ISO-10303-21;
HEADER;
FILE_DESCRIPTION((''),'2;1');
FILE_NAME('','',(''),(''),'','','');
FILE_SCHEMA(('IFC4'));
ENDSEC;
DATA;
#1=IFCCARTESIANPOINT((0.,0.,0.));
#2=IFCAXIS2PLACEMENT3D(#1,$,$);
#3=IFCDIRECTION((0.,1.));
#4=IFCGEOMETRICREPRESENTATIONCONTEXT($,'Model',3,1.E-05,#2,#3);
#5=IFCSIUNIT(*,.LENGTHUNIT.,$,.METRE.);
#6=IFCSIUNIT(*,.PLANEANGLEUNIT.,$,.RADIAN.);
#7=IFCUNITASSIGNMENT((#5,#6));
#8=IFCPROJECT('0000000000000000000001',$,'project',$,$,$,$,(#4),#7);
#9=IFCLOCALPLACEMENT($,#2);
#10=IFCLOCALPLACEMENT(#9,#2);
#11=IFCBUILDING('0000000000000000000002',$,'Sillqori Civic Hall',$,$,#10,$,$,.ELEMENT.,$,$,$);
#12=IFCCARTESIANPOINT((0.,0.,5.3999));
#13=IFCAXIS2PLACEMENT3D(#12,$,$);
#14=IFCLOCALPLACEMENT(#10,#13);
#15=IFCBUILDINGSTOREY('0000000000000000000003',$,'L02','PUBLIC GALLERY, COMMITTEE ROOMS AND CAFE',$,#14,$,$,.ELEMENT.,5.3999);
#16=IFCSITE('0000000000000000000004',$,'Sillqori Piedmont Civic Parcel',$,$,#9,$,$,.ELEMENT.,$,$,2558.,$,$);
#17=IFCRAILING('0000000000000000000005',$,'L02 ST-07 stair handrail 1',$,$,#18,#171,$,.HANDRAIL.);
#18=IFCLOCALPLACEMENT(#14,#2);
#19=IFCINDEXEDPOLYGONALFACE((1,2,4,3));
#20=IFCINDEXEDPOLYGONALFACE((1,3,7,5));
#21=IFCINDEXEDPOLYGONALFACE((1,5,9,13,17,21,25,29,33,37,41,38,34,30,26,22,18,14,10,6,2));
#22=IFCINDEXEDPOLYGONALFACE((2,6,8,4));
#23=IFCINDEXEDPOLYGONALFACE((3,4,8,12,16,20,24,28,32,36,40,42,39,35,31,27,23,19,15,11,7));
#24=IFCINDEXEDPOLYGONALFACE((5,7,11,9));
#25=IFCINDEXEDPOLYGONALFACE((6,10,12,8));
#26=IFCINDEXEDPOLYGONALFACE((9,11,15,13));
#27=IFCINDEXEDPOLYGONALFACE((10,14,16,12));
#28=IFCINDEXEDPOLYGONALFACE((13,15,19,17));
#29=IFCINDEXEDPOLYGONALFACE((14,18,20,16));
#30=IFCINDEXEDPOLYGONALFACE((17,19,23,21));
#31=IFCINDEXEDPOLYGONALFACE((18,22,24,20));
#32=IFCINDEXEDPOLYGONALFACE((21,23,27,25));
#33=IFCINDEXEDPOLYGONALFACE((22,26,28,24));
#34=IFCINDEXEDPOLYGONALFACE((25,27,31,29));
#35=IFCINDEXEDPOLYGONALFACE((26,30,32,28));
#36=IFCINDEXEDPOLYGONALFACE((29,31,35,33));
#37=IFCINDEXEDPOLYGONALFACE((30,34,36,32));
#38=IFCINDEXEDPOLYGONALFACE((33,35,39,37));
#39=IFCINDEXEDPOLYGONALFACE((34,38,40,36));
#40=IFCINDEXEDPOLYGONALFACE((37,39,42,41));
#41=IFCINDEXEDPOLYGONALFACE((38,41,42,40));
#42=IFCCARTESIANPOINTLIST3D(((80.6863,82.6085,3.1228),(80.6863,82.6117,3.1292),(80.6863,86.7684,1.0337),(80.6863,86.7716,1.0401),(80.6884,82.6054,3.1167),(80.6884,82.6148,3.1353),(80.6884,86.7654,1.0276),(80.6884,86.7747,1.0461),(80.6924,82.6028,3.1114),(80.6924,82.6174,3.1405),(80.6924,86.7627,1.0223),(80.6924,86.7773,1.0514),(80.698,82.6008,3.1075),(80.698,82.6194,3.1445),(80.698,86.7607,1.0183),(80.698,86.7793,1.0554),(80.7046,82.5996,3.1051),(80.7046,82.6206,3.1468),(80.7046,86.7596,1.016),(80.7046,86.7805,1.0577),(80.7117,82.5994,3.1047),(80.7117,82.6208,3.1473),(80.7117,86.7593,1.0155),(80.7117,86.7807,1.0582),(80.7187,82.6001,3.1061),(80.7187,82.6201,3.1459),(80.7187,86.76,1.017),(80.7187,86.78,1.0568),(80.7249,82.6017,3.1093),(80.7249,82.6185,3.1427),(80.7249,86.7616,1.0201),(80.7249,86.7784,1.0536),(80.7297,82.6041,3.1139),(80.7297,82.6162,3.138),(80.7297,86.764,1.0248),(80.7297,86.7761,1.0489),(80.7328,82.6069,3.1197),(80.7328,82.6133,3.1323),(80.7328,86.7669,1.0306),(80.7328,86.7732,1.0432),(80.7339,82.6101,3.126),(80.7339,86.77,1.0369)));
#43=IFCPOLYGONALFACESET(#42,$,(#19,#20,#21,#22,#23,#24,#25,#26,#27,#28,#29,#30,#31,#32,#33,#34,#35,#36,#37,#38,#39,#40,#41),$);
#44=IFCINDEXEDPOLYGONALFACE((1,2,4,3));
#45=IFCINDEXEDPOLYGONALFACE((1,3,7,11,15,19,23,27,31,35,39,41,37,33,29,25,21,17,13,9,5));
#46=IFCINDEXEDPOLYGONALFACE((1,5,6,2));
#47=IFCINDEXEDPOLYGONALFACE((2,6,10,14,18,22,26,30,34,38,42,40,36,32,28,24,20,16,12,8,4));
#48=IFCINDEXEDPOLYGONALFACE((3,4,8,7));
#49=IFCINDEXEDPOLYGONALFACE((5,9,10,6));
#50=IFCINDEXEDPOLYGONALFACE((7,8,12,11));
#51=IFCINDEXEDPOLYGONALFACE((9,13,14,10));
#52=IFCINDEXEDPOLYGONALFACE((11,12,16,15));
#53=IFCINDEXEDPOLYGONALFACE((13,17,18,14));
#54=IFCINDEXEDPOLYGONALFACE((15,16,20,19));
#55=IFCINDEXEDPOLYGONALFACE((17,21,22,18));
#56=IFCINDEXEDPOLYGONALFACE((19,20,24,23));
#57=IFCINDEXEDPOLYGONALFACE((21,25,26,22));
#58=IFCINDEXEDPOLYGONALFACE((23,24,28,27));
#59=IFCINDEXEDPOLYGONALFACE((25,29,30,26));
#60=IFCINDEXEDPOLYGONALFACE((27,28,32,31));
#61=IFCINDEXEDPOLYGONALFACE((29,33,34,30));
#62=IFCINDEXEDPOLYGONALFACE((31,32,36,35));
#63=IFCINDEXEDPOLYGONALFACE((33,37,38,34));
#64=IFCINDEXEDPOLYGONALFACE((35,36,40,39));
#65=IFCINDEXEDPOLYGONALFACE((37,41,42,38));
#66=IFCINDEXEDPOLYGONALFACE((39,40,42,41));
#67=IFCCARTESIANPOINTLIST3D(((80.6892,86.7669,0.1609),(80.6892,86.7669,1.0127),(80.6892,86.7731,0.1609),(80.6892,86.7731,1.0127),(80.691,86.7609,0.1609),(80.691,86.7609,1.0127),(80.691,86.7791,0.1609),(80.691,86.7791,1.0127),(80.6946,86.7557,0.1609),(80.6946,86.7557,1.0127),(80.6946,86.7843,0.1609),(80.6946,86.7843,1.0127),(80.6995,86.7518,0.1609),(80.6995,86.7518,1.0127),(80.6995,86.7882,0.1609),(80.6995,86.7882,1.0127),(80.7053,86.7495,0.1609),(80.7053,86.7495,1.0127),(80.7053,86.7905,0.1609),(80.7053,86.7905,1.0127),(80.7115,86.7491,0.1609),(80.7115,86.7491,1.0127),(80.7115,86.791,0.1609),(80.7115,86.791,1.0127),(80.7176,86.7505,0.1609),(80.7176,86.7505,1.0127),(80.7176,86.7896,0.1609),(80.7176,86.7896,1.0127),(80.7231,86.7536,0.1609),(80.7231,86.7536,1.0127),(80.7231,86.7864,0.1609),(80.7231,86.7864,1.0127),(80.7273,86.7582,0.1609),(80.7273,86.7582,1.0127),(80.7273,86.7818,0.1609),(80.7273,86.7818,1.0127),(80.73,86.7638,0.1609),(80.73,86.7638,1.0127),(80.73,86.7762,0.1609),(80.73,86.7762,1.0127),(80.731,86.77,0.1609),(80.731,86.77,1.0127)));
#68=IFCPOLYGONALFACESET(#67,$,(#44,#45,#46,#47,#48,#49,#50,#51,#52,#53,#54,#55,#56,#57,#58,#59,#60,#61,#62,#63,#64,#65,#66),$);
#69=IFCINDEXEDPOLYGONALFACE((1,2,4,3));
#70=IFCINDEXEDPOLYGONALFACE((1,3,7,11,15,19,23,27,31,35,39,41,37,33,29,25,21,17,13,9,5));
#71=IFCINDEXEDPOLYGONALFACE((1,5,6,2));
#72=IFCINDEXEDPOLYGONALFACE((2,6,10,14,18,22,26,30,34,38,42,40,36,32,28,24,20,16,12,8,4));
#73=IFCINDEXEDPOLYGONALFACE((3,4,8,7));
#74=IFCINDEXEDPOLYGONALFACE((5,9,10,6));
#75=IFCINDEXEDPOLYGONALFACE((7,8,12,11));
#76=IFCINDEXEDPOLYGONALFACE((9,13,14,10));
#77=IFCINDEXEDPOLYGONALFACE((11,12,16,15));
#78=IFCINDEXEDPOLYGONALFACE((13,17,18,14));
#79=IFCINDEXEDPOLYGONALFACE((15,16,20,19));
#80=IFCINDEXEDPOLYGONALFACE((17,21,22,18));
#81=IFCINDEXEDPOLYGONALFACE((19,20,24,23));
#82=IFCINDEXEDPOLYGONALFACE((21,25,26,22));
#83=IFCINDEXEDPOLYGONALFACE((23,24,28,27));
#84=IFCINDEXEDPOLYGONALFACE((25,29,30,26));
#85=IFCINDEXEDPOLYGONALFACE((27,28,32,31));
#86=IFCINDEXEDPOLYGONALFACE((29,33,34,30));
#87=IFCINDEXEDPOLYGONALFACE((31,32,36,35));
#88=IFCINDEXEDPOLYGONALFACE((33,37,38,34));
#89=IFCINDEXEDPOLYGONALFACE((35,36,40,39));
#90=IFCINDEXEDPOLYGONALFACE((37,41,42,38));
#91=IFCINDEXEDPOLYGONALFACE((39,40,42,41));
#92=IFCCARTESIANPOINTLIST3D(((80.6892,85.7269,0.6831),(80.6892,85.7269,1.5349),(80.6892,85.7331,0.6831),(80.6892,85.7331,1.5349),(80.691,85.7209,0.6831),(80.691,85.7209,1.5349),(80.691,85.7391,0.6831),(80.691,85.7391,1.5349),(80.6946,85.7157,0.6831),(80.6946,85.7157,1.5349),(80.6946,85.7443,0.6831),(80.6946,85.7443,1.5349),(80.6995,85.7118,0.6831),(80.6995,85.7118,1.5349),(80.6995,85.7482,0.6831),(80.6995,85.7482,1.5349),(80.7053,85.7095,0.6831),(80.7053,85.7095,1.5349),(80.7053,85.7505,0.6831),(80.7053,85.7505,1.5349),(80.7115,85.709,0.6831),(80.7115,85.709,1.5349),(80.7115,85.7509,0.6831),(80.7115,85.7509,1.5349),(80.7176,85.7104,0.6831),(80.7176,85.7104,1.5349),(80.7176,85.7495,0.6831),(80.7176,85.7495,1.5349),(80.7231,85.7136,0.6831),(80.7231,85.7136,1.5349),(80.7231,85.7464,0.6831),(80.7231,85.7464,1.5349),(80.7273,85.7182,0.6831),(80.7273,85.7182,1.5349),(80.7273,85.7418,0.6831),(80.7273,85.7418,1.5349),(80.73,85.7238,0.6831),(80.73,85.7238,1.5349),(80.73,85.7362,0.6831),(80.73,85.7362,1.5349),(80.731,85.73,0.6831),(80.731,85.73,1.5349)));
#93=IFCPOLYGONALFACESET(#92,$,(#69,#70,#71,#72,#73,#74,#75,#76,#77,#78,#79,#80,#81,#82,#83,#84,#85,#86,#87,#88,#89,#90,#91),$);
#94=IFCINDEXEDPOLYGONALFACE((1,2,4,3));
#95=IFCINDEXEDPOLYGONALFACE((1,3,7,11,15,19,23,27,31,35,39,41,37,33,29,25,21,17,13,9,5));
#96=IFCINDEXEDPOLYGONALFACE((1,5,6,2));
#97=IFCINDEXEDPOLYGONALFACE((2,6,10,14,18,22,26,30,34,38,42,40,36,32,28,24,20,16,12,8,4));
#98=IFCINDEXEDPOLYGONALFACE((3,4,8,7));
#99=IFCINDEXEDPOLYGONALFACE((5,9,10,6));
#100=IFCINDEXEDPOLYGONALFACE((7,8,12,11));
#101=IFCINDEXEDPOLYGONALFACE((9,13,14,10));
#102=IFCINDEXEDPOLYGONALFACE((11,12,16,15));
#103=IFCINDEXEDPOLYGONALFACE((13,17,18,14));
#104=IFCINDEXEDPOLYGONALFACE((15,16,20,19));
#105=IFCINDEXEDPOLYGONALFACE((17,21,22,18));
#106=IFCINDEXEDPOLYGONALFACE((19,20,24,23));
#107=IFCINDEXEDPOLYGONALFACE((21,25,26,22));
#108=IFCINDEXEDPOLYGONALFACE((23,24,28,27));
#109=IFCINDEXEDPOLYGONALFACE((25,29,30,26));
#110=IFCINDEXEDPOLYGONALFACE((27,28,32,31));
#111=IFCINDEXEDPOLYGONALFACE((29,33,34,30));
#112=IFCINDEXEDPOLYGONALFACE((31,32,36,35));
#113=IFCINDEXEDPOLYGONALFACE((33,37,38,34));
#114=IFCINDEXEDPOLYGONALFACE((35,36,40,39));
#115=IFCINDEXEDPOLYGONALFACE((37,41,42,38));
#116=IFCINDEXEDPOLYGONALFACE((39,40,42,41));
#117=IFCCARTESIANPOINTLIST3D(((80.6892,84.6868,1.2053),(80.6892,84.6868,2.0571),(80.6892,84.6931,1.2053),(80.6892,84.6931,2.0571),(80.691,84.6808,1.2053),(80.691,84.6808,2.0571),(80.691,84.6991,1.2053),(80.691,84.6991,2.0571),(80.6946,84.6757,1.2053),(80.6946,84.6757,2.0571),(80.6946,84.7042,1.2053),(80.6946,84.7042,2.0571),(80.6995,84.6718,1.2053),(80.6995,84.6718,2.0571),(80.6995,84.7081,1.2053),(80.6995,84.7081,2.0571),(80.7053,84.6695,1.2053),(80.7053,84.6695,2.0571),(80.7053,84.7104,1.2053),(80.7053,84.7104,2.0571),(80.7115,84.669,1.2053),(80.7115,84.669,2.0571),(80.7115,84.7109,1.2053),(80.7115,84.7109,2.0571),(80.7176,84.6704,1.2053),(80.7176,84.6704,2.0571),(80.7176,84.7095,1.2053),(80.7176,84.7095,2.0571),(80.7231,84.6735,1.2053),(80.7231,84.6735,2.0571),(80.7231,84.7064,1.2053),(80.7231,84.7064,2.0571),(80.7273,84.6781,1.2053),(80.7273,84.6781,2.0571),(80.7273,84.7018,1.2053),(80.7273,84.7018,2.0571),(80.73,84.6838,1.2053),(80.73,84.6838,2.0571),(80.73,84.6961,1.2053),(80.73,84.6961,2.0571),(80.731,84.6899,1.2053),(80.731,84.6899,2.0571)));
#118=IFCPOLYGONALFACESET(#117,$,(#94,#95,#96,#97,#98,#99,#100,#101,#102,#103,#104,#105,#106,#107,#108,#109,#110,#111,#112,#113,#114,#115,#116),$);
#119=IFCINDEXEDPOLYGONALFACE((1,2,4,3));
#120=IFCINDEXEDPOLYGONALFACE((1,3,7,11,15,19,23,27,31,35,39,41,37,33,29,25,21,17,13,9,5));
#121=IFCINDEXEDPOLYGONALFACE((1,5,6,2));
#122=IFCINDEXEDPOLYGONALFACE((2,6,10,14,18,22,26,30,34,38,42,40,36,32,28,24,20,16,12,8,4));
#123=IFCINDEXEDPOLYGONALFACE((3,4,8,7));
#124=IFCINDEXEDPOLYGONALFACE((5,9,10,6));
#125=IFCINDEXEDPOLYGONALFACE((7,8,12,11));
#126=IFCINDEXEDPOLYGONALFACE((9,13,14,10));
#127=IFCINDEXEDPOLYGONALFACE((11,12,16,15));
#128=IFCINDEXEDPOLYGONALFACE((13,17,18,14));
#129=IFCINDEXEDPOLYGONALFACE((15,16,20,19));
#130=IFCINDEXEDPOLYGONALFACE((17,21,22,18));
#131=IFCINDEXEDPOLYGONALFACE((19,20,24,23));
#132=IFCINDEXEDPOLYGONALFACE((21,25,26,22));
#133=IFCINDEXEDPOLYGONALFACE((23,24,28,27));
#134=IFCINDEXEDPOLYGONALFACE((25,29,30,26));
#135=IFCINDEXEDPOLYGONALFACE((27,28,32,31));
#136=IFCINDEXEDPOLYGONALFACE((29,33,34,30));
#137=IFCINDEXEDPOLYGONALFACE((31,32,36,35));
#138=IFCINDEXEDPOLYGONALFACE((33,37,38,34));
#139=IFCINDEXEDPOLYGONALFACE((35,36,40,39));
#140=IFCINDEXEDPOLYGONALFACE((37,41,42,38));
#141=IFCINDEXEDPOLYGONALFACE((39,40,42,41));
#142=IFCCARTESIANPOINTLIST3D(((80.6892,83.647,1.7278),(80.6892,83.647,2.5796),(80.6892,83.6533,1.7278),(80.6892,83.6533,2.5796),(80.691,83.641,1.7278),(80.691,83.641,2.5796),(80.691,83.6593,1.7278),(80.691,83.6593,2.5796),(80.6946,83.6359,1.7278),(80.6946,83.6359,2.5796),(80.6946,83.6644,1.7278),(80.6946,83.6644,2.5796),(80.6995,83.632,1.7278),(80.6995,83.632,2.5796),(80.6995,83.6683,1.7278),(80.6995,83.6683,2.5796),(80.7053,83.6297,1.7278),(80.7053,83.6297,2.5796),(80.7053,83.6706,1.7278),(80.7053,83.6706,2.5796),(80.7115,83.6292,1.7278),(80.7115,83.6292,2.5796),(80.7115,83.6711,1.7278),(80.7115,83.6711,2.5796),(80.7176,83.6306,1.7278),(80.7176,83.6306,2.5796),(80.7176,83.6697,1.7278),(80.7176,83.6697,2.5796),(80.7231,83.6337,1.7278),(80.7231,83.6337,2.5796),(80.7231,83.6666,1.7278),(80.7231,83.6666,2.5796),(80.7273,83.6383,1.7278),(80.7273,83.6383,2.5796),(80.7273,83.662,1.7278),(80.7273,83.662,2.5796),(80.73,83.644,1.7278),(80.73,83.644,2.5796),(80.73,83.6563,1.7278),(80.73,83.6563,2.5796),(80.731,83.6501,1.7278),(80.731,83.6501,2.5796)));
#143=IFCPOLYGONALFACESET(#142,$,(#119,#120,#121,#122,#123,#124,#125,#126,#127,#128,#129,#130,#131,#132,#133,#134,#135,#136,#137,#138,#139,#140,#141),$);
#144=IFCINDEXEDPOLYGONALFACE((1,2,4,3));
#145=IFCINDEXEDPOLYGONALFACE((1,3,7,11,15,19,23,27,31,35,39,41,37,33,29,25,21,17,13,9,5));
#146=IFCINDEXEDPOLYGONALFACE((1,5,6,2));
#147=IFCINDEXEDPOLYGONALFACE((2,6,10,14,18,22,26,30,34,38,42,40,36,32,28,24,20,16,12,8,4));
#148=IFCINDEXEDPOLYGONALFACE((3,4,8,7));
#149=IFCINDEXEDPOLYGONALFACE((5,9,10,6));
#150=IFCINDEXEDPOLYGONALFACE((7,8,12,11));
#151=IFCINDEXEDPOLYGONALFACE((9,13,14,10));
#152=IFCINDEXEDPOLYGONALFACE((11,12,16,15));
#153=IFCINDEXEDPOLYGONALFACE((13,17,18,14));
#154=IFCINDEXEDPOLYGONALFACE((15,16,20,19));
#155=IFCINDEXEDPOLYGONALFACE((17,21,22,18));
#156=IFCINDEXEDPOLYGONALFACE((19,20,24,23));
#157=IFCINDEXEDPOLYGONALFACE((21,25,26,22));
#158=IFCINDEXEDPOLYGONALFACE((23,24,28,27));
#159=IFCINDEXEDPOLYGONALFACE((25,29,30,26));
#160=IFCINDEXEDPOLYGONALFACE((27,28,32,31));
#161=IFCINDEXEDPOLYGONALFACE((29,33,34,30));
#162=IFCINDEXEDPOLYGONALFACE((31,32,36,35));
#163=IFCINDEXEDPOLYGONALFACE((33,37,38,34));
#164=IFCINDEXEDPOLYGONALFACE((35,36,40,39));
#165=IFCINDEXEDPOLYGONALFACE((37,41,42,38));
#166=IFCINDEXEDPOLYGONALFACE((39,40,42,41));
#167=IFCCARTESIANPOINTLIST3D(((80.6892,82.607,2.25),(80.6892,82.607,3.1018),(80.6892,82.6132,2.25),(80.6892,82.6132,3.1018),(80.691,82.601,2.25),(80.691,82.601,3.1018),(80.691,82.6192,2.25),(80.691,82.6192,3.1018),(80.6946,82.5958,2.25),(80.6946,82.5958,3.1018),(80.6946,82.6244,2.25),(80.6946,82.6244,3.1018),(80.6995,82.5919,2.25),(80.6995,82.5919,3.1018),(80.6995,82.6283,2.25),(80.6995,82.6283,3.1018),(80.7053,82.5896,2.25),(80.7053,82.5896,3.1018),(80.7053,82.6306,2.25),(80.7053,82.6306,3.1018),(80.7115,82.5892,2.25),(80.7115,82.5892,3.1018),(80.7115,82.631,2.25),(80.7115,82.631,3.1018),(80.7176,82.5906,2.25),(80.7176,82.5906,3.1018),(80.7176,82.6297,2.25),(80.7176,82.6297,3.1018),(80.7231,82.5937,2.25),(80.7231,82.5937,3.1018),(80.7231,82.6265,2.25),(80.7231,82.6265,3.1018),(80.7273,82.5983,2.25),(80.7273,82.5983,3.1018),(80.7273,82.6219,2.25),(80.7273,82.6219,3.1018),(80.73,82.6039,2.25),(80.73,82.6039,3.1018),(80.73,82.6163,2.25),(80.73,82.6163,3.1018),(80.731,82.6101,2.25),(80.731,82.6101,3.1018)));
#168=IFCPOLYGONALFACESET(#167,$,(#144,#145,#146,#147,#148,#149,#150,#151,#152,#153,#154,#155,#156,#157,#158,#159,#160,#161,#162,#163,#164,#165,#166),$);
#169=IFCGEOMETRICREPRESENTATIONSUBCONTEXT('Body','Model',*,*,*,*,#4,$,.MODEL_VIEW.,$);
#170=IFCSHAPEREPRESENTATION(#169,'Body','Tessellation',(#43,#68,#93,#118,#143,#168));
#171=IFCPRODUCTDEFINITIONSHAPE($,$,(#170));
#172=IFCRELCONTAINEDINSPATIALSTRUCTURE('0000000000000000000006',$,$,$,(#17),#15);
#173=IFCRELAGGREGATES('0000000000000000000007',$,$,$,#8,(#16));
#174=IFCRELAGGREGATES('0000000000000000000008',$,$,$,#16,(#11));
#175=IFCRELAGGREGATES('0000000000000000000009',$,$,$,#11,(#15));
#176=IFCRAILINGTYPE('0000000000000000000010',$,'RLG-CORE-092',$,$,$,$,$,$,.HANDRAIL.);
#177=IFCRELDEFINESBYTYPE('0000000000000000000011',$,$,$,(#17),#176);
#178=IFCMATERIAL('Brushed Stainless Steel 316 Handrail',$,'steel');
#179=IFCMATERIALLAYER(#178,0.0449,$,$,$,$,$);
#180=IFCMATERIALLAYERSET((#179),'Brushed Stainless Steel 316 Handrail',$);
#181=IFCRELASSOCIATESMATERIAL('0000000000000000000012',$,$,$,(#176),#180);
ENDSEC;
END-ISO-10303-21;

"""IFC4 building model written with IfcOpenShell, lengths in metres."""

from ifc_helpers import new_model, si_unit, direction, frame, origin, origin_2d, place, context, subcontext, project, spatial, circle, extrude, material, layer, layer_set, type_object, element, save


model = new_model("IFC4")

# Units and contexts
model_context = context("Model", 3, precision=1e-05, world=origin(), true_north=direction((0.0, 1.0)))
body_context = subcontext(model_context, "Body", "Model", "MODEL_VIEW")
ifc_project = project(units=[si_unit("LENGTHUNIT", "METRE"), si_unit("PLANEANGLEUNIT", "RADIAN")], contexts=[model_context])

# Site, building, storey
site_placement = place(None, origin())
site = spatial("IfcSite", under=ifc_project, at=site_placement, Name="Sillqori Piedmont Civic Parcel", CompositionType="ELEMENT", RefElevation=2558.0)
building_placement = place(site_placement, origin())
building = spatial("IfcBuilding", under=site, at=building_placement, Name="Sillqori Civic Hall", CompositionType="ELEMENT")
storey_placement = place(building_placement, frame((0.0, 0.0, 5.3999)))
storey = spatial("IfcBuildingStorey", under=building, at=storey_placement, Name="L02", Description="PUBLIC GALLERY, COMMITTEE ROOMS AND CAFE", CompositionType="ELEMENT", Elevation=5.3999)

# Railing
ifc_material_1 = material(Name="Brushed Stainless Steel 316 Handrail", Category="steel")
ifc_layer_1 = layer(ifc_material_1, 0.0449)
ifc_layer_set_1 = layer_set([ifc_layer_1], Name="Brushed Stainless Steel 316 Handrail")
railing_type_1 = type_object("IfcRailingType", Name="RLG-CORE-092", PredefinedType="HANDRAIL", material=ifc_layer_set_1)
railing_1_placement = place(storey_placement, frame((80.71, 86.77, 0.1609)))
element("IfcRailing", 1, at=railing_1_placement, inside=storey, type_object=railing_type_1, Name="L02 ST-07 stair handrail 1", PredefinedType="HANDRAIL", context=body_context, shape_type="SweptSolid", body=[
    extrude(circle(Radius=0.0239, at=origin_2d()), frame((0.0, 0.0, 0.876), z_axis=(0.0, -0.893639, 0.448786), x_axis=(1.0, 0.0, 0.0)), (0.0, 0.0, 1.0), 4.655),
    extrude(circle(Radius=0.021, at=origin_2d()), origin(), (0.0, 0.0, 1.0), 0.8518),
    extrude(circle(Radius=0.021, at=origin_2d()), frame((0.0, -1.04, 0.5222)), (0.0, 0.0, 1.0), 0.8518),
    extrude(circle(Radius=0.021, at=origin_2d()), frame((0.0, -2.0801, 1.0444)), (0.0, 0.0, 1.0), 0.8518),
    extrude(circle(Radius=0.021, at=origin_2d()), frame((0.0, -3.1199, 1.5669)), (0.0, 0.0, 1.0), 0.8518),
    extrude(circle(Radius=0.021, at=origin_2d()), frame((0.0, -4.1599, 2.0891)), (0.0, 0.0, 1.0), 0.8518),
])

save(model, "model.ifc")
